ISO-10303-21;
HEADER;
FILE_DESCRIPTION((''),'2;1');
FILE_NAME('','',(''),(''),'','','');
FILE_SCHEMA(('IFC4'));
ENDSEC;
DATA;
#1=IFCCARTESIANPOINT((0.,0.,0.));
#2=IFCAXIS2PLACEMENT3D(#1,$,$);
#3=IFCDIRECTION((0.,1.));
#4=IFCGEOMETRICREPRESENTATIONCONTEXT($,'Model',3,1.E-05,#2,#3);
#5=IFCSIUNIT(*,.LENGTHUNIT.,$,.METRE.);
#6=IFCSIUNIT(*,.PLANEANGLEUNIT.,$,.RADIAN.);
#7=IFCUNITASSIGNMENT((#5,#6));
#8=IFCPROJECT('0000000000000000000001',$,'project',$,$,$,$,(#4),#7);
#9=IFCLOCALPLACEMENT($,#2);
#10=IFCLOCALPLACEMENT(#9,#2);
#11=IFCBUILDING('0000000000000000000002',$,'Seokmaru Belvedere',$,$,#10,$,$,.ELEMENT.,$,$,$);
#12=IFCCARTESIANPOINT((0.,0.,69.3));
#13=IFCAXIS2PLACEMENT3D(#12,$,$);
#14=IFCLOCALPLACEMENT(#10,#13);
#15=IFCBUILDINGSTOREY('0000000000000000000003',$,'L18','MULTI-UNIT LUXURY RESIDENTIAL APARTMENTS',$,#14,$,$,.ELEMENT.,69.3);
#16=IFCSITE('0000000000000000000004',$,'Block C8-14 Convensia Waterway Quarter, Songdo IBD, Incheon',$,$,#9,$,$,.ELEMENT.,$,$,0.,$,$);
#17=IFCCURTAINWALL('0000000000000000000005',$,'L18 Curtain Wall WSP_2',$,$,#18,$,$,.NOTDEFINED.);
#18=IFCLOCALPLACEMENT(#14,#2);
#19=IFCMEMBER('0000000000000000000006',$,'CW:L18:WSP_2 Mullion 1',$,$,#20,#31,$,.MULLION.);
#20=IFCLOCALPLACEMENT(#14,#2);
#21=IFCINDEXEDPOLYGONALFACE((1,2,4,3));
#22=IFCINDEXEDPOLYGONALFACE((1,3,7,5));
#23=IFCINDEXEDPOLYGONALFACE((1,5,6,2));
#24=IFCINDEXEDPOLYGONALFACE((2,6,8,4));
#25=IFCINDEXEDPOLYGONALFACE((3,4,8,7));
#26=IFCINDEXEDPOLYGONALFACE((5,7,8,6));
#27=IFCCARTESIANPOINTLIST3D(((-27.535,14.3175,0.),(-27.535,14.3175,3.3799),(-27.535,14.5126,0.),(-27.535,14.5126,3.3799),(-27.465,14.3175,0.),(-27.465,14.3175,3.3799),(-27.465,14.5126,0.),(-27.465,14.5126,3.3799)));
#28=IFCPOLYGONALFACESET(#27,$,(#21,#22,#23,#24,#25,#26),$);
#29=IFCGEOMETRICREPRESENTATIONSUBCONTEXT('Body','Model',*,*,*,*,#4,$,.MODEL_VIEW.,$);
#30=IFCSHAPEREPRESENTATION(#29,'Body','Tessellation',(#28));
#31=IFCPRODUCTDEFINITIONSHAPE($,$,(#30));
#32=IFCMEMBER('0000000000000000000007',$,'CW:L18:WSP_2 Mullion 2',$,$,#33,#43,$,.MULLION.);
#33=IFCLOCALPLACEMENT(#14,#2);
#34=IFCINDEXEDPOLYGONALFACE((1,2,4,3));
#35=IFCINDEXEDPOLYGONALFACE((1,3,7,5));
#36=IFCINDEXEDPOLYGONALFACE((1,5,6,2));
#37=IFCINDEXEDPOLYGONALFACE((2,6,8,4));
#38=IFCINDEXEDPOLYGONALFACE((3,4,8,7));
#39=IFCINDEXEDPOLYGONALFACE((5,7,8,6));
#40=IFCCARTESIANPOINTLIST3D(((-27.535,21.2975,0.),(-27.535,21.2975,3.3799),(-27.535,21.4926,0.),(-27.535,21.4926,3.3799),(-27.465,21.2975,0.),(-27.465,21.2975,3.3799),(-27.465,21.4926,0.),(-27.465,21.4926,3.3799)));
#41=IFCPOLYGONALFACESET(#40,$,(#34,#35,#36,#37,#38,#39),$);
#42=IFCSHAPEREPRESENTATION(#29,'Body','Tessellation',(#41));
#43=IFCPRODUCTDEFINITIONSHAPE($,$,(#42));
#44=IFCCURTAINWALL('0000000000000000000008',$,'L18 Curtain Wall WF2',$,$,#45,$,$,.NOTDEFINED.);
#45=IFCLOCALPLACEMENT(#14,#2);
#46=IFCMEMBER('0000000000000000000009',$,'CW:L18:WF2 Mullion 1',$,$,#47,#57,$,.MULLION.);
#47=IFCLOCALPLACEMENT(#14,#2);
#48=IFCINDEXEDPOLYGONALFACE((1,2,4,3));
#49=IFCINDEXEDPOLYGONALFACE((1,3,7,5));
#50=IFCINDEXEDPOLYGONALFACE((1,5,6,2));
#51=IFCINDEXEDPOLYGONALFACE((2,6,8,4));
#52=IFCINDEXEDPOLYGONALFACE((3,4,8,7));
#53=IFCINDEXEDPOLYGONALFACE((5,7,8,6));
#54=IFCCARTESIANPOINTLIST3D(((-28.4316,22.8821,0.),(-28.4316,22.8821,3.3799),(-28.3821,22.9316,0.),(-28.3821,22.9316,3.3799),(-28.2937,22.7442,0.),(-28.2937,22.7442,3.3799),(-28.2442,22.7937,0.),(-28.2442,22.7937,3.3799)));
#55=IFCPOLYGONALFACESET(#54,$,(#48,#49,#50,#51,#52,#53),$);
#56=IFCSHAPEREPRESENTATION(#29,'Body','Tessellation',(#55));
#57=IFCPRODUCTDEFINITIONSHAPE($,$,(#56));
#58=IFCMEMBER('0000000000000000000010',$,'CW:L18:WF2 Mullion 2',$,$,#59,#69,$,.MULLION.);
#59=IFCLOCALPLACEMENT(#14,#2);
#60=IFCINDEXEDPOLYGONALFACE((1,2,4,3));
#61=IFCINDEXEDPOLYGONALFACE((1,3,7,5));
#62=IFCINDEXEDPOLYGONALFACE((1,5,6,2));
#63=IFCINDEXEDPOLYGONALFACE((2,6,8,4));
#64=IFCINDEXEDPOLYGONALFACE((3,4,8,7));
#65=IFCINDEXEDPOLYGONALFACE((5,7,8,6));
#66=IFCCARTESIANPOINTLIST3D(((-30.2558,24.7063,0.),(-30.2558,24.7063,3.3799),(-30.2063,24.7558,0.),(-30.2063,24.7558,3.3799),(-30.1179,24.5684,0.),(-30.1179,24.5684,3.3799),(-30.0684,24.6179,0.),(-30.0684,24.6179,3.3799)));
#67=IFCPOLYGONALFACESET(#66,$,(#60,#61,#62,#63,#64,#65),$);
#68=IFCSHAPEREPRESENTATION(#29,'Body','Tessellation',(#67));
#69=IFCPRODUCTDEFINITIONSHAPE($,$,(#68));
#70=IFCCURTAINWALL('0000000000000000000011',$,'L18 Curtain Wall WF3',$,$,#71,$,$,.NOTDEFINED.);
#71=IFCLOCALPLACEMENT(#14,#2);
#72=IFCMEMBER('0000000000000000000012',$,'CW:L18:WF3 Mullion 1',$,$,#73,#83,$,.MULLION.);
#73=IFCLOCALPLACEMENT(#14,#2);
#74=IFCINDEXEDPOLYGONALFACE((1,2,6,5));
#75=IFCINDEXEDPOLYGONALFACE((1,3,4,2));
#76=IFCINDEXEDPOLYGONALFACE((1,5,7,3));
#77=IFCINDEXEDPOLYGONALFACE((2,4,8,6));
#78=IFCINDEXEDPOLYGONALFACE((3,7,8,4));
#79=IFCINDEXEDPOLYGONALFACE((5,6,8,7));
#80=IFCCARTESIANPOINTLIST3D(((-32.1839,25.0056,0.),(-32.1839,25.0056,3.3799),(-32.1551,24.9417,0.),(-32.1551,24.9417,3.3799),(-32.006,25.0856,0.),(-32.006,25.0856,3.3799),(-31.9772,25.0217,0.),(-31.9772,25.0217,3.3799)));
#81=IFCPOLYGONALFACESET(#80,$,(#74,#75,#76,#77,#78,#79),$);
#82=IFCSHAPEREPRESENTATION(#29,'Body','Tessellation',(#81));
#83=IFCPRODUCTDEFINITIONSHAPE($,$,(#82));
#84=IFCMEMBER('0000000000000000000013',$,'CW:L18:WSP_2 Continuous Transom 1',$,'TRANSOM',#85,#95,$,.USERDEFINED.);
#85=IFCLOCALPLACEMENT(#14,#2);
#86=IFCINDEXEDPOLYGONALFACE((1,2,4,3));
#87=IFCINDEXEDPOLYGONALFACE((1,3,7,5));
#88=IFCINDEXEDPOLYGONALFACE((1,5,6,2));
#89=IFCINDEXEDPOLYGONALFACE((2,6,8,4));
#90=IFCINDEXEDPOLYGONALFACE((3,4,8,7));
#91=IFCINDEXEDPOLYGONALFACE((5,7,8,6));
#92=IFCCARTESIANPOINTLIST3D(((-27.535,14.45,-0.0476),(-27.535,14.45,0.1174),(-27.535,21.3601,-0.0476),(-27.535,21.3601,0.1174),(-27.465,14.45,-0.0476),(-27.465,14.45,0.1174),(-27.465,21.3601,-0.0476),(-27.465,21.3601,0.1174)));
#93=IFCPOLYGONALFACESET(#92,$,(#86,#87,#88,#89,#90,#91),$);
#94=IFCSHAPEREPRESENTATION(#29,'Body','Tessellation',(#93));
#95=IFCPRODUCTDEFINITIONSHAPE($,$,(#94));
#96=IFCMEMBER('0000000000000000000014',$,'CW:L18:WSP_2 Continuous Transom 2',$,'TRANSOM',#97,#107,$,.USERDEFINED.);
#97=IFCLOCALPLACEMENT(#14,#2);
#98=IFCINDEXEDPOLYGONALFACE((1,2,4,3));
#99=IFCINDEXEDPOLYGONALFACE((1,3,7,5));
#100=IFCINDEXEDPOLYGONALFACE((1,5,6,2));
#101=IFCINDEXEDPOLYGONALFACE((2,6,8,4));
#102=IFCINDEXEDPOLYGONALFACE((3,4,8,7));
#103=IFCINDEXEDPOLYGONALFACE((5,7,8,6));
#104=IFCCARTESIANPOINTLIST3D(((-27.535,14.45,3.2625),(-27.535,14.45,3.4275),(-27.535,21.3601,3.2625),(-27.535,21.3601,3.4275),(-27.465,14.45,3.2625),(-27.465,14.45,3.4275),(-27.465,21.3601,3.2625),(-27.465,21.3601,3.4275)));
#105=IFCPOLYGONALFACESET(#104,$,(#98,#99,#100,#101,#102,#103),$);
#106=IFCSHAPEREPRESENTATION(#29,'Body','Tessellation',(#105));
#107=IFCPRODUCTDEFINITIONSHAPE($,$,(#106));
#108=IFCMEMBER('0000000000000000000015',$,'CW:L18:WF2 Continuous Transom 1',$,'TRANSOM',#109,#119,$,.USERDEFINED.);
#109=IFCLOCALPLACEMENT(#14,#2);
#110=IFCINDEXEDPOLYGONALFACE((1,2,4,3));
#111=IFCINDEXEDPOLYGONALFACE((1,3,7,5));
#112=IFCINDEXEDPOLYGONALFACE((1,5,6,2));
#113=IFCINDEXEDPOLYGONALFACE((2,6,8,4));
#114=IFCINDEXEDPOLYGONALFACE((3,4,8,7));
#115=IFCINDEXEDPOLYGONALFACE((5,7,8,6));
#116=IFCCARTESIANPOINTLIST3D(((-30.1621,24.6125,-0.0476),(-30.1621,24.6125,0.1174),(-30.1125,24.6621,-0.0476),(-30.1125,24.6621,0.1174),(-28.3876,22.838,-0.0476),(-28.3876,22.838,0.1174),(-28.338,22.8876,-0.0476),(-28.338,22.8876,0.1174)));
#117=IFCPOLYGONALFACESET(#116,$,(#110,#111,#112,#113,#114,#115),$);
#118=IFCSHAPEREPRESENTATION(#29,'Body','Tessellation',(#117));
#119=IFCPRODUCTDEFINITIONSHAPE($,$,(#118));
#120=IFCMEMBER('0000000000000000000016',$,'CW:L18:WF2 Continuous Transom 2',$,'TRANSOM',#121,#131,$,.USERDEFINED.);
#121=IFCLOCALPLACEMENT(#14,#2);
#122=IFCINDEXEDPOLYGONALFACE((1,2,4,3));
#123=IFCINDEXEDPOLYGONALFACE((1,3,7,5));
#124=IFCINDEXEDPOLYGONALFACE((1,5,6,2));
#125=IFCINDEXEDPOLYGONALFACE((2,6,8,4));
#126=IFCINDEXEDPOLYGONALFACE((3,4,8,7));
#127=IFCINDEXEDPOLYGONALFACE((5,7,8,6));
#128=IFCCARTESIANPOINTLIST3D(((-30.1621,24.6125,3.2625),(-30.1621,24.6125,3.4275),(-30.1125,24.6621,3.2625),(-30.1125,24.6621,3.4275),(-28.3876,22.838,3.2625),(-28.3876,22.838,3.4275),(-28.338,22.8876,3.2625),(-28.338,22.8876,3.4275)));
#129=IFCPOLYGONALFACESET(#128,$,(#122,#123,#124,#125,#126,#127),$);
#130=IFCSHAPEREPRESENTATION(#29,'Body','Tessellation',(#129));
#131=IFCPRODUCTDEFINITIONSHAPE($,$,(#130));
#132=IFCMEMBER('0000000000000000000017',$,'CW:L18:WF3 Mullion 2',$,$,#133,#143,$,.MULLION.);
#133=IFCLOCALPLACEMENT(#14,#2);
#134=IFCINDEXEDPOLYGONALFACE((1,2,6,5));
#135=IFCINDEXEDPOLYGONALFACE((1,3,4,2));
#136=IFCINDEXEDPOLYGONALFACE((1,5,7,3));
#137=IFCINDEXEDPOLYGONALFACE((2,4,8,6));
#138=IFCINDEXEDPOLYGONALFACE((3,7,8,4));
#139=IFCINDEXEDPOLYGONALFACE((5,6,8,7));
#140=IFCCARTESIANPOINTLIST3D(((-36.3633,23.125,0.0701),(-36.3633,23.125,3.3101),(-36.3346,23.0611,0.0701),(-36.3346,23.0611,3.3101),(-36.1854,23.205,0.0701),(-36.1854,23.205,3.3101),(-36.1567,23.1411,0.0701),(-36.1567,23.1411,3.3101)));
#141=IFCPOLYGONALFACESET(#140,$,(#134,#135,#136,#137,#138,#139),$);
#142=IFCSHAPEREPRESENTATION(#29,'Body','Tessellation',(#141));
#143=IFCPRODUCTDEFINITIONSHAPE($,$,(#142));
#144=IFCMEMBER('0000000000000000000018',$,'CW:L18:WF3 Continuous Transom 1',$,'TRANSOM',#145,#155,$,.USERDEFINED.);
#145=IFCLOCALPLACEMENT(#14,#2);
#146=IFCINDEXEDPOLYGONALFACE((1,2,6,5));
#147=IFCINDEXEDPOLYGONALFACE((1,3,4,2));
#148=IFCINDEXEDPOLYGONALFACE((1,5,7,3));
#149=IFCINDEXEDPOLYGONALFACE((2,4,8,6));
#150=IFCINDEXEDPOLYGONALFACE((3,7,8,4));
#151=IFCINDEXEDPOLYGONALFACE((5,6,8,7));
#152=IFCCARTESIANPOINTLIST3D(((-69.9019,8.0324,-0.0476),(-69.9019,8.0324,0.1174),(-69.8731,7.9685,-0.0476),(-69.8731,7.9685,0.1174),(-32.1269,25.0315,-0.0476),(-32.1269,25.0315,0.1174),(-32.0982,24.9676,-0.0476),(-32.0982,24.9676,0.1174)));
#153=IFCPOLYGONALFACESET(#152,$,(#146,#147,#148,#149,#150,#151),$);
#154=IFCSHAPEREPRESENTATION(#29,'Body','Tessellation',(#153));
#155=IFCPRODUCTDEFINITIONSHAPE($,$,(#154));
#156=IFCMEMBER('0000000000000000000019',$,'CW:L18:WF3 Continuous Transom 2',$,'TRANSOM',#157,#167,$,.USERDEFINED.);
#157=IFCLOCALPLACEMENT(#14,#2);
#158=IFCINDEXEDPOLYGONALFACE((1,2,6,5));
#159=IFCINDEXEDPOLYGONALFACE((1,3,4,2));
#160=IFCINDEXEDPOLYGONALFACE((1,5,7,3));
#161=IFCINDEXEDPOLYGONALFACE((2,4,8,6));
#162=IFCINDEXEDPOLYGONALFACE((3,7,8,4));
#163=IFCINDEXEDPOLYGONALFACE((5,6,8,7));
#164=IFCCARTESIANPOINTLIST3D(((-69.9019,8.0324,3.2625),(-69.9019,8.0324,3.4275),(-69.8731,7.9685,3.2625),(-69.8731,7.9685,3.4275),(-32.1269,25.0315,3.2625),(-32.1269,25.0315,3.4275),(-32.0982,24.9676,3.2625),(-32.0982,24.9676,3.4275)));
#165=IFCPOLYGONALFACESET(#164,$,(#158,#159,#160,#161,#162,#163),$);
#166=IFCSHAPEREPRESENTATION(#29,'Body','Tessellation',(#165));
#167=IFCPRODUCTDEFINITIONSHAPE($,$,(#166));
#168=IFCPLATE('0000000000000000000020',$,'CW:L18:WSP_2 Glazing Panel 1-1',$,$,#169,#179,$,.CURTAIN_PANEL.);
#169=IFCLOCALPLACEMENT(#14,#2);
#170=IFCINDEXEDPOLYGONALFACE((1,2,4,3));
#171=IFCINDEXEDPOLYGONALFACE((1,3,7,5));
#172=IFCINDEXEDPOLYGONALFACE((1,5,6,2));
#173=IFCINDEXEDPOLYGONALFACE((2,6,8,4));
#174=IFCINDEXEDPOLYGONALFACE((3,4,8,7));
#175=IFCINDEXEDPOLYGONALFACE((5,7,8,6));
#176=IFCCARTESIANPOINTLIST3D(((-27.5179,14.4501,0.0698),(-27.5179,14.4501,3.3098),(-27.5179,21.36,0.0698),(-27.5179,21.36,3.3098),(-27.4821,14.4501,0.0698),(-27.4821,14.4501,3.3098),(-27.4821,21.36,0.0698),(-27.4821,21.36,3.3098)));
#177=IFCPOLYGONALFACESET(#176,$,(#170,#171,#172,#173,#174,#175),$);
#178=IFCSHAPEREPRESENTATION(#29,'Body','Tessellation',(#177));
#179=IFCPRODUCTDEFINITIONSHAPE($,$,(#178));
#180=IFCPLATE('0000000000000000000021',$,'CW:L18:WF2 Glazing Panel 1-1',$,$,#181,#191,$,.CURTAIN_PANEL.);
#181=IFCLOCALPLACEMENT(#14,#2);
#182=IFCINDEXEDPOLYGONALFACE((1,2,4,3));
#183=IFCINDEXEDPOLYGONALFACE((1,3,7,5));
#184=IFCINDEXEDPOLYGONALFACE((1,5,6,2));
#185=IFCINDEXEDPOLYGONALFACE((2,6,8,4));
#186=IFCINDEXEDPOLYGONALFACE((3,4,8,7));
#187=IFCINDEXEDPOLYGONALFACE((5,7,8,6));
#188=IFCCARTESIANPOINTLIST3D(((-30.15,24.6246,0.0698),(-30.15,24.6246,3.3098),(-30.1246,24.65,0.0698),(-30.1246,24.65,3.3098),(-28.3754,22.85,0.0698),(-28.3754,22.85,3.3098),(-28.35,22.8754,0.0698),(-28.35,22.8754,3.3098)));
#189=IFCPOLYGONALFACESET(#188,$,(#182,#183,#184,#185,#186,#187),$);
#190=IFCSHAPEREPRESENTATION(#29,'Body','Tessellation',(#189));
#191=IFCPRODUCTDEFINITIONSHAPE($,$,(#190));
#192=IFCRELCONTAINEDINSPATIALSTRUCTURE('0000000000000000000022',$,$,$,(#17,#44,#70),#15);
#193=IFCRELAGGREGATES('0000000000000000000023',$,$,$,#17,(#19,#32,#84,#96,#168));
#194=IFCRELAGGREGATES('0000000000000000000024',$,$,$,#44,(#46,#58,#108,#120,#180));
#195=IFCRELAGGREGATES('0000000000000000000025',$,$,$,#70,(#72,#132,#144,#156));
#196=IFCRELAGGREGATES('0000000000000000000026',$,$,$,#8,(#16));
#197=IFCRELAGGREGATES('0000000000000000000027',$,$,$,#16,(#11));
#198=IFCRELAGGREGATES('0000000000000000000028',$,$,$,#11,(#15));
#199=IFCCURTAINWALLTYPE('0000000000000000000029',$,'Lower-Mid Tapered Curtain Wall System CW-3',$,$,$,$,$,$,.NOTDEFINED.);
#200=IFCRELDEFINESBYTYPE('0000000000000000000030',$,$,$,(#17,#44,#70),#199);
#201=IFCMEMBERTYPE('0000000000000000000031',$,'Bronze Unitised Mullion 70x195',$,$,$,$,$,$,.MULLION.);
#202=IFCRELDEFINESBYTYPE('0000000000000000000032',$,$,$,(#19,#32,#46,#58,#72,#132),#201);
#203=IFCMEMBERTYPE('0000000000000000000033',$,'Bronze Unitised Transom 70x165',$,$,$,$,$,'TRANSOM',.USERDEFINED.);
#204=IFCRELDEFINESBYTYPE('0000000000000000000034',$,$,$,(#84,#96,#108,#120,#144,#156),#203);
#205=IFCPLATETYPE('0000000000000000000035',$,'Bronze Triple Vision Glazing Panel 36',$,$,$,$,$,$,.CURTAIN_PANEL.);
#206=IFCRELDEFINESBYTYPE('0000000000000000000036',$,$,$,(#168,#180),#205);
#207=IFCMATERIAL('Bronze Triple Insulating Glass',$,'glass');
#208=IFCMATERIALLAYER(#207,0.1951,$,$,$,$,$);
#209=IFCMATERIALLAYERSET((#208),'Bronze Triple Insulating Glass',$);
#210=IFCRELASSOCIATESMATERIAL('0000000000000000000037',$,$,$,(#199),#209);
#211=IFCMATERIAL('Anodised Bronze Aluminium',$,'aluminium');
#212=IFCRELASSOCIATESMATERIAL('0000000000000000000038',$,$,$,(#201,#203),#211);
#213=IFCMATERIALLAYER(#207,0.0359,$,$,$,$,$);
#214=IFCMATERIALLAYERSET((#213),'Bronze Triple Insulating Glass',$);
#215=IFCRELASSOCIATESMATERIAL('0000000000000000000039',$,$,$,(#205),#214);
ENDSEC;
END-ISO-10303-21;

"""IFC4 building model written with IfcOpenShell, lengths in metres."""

from ifc_helpers import new_model, si_unit, direction, frame, origin, origin_2d, place, context, subcontext, project, spatial, rectangle, extrude, source, transform, mapped, material, layer, layer_set, material_profile, profile_set, type_object, type_shapes, element, aggregate, save


model = new_model("IFC4")

# Units and contexts
model_context = context("Model", 3, precision=1e-05, world=origin(), true_north=direction((0.0, 1.0)))
body_context = subcontext(model_context, "Body", "Model", "MODEL_VIEW")
ifc_project = project(units=[si_unit("LENGTHUNIT", "METRE"), si_unit("PLANEANGLEUNIT", "RADIAN")], contexts=[model_context])

# Site, building, storey
site_placement = place(None, origin())
site = spatial("IfcSite", under=ifc_project, at=site_placement, Name="Block C8-14 Convensia Waterway Quarter, Songdo IBD, Incheon", CompositionType="ELEMENT", RefElevation=0.0)
building_placement = place(site_placement, origin())
building = spatial("IfcBuilding", under=site, at=building_placement, Name="Seokmaru Belvedere", CompositionType="ELEMENT")
storey_placement = place(building_placement, frame((0.0, 0.0, 69.3)))
storey = spatial("IfcBuildingStorey", under=building, at=storey_placement, Name="L18", Description="MULTI-UNIT LUXURY RESIDENTIAL APARTMENTS", CompositionType="ELEMENT", Elevation=69.3)

# Curtain walls, members
ifc_material_1 = material(Name="Bronze Triple Insulating Glass", Category="glass")
ifc_layer_1 = layer(ifc_material_1, 0.1951)
ifc_layer_set_1 = layer_set([ifc_layer_1], Name="Bronze Triple Insulating Glass")
curtain_wall_type = type_object("IfcCurtainWallType", Name="Lower-Mid Tapered Curtain Wall System CW-3", PredefinedType="NOTDEFINED", material=ifc_layer_set_1)
curtain_wall_1_placement = place(storey_placement, origin())
curtain_wall_1 = element("IfcCurtainWall", 1, at=curtain_wall_1_placement, inside=storey, type_object=curtain_wall_type, Name="L18 Curtain Wall WSP_2", PredefinedType="NOTDEFINED")
ifc_material_2 = material(Name="Anodised Bronze Aluminium", Category="aluminium")
ifc_material_profile_1 = material_profile(ifc_material_2, rectangle(XDim=0.0701, YDim=0.1951, at=origin_2d()), Name="CW-M-70x195")
ifc_profile_set_1 = profile_set([ifc_material_profile_1], Name="Anodised Bronze Aluminium")
member_type_1 = type_object("IfcMemberType", Name="Bronze Unitised Mullion 70x195", PredefinedType="MULLION", material=ifc_profile_set_1)
shared_shape_1 = source(origin(), body_context, "Body", "SweptSolid", [
    extrude(rectangle(XDim=0.0701, YDim=0.1951, at=origin_2d()), origin(), (0.0, 0.0, 1.0), 3.3799),
])
member_1_placement = place(storey_placement, frame((-27.5, 14.415, 0.0), z_axis=(0.0, 0.0, 1.0), x_axis=(-1.0, 0.0, 0.0)))
member_1 = element("IfcMember", 2, at=member_1_placement, type_object=member_type_1, Name="CW:L18:WSP_2 Mullion 1", PredefinedType="MULLION", context=body_context, shape_type="MappedRepresentation", body=[
    mapped(shared_shape_1, transform((0.0, 0.0, 0.0), scale=1.0)),
])
member_2_placement = place(storey_placement, frame((-27.5, 21.395, 0.0), z_axis=(0.0, 0.0, 1.0), x_axis=(-1.0, 0.0, 0.0)))
member_2 = element("IfcMember", 3, at=member_2_placement, type_object=member_type_1, Name="CW:L18:WSP_2 Mullion 2", PredefinedType="MULLION", context=body_context, shape_type="MappedRepresentation", body=[
    mapped(shared_shape_1, transform((0.0, 0.0, 0.0), scale=1.0)),
])
curtain_wall_2_placement = place(storey_placement, origin())
curtain_wall_2 = element("IfcCurtainWall", 4, at=curtain_wall_2_placement, inside=storey, type_object=curtain_wall_type, Name="L18 Curtain Wall WF2", PredefinedType="NOTDEFINED")
member_3_placement = place(storey_placement, frame((-28.3379, 22.8379, 0.0), z_axis=(0.0, 0.0, 1.0), x_axis=(-0.707107, -0.707107, 0.0)))
member_3 = element("IfcMember", 5, at=member_3_placement, type_object=member_type_1, Name="CW:L18:WF2 Mullion 1", PredefinedType="MULLION", context=body_context, shape_type="MappedRepresentation", body=[
    mapped(shared_shape_1, transform((0.0, 0.0, 0.0), scale=1.0)),
])
member_4_placement = place(storey_placement, frame((-30.1621, 24.6621, 0.0), z_axis=(0.0, 0.0, 1.0), x_axis=(-0.707107, -0.707107, 0.0)))
member_4 = element("IfcMember", 6, at=member_4_placement, type_object=member_type_1, Name="CW:L18:WF2 Mullion 2", PredefinedType="MULLION", context=body_context, shape_type="MappedRepresentation", body=[
    mapped(shared_shape_1, transform((0.0, 0.0, 0.0), scale=1.0)),
])

# Curtain wall, member
curtain_wall_3_placement = place(storey_placement, origin())
curtain_wall_3 = element("IfcCurtainWall", 7, at=curtain_wall_3_placement, inside=storey, type_object=curtain_wall_type, Name="L18 Curtain Wall WF3", PredefinedType="NOTDEFINED")
member_5_placement = place(storey_placement, frame((-32.0806, 25.0137, 0.0), z_axis=(0.0, 0.0, 1.0), x_axis=(0.410366, -0.911921, 0.0)))
member_5 = element("IfcMember", 8, at=member_5_placement, type_object=member_type_1, Name="CW:L18:WF3 Mullion 1", PredefinedType="MULLION", context=body_context, shape_type="MappedRepresentation", body=[
    mapped(shared_shape_1, transform((0.0, 0.0, 0.0), scale=1.0)),
])

# Members
ifc_material_profile_2 = material_profile(ifc_material_2, rectangle(XDim=0.0701, YDim=0.165, at=origin_2d()), Name="CW-T-70x165")
ifc_profile_set_2 = profile_set([ifc_material_profile_2], Name="Anodised Bronze Aluminium")
member_type_2 = type_object("IfcMemberType", Name="Bronze Unitised Transom 70x165", ElementType="TRANSOM", PredefinedType="USERDEFINED", material=ifc_profile_set_2)
shared_shape_2 = source(origin(), body_context, "Body", "SweptSolid", [
    extrude(rectangle(XDim=0.0701, YDim=0.165, at=origin_2d()), origin(), (0.0, 0.0, 1.0), 6.9102),
])
member_6_placement = place(storey_placement, frame((-27.5, 14.45, 0.0349), z_axis=(0.0, 1.0, 0.0), x_axis=(-1.0, 0.0, 0.0)))
member_6 = element("IfcMember", 9, at=member_6_placement, type_object=member_type_2, Name="CW:L18:WSP_2 Continuous Transom 1", ObjectType="TRANSOM", PredefinedType="USERDEFINED", context=body_context, shape_type="MappedRepresentation", body=[
    mapped(shared_shape_2, transform((0.0, 0.0, 0.0), scale=1.0)),
])
member_7_placement = place(storey_placement, frame((-27.5, 14.45, 3.345), z_axis=(0.0, 1.0, 0.0), x_axis=(-1.0, 0.0, 0.0)))
member_7 = element("IfcMember", 10, at=member_7_placement, type_object=member_type_2, Name="CW:L18:WSP_2 Continuous Transom 2", ObjectType="TRANSOM", PredefinedType="USERDEFINED", context=body_context, shape_type="MappedRepresentation", body=[
    mapped(shared_shape_2, transform((0.0, 0.0, 0.0), scale=1.0)),
])
shared_shape_3 = source(origin(), body_context, "Body", "SweptSolid", [
    extrude(rectangle(XDim=0.0701, YDim=0.165, at=origin_2d()), origin(), (0.0, 0.0, 1.0), 2.5095),
])
member_8_placement = place(storey_placement, frame((-28.3628, 22.8628, 0.0349), z_axis=(-0.707107, 0.707107, 0.0), x_axis=(-0.707107, -0.707107, 0.0)))
member_8 = element("IfcMember", 11, at=member_8_placement, type_object=member_type_2, Name="CW:L18:WF2 Continuous Transom 1", ObjectType="TRANSOM", PredefinedType="USERDEFINED", context=body_context, shape_type="MappedRepresentation", body=[
    mapped(shared_shape_3, transform((0.0, 0.0, 0.0), scale=1.0)),
])
member_9_placement = place(storey_placement, frame((-28.3628, 22.8628, 3.345), z_axis=(-0.707107, 0.707107, 0.0), x_axis=(-0.707107, -0.707107, 0.0)))
member_9 = element("IfcMember", 12, at=member_9_placement, type_object=member_type_2, Name="CW:L18:WF2 Continuous Transom 2", ObjectType="TRANSOM", PredefinedType="USERDEFINED", context=body_context, shape_type="MappedRepresentation", body=[
    mapped(shared_shape_3, transform((0.0, 0.0, 0.0), scale=1.0)),
])
shared_shape_4 = source(origin(), body_context, "Body", "SweptSolid", [
    extrude(rectangle(XDim=0.0701, YDim=0.1951, at=origin_2d()), origin(), (0.0, 0.0, 1.0), 3.24),
])
type_shapes(member_type_1, [shared_shape_1, shared_shape_4])
member_10_placement = place(storey_placement, frame((-36.26, 23.1331, 0.0701), z_axis=(0.0, 0.0, 1.0), x_axis=(0.410366, -0.911921, 0.0)))
member_10 = element("IfcMember", 13, at=member_10_placement, type_object=member_type_1, Name="CW:L18:WF3 Mullion 2", PredefinedType="MULLION", context=body_context, shape_type="MappedRepresentation", body=[
    mapped(shared_shape_4, transform((0.0, 0.0, 0.0), scale=1.0)),
])
shared_shape_5 = source(origin(), body_context, "Body", "SweptSolid", [
    extrude(rectangle(XDim=0.0701, YDim=0.165, at=origin_2d()), origin(), (0.0, 0.0, 1.0), 41.4236),
])
type_shapes(member_type_2, [shared_shape_2, shared_shape_3, shared_shape_5])
member_11_placement = place(storey_placement, frame((-32.1125, 24.9995, 0.0349), z_axis=(-0.911919, -0.410371, 0.0), x_axis=(0.410371, -0.911919, 0.0)))
member_11 = element("IfcMember", 14, at=member_11_placement, type_object=member_type_2, Name="CW:L18:WF3 Continuous Transom 1", ObjectType="TRANSOM", PredefinedType="USERDEFINED", context=body_context, shape_type="MappedRepresentation", body=[
    mapped(shared_shape_5, transform((0.0, 0.0, 0.0), scale=1.0)),
])
member_12_placement = place(storey_placement, frame((-32.1125, 24.9995, 3.345), z_axis=(-0.911919, -0.410371, 0.0), x_axis=(0.410371, -0.911919, 0.0)))
member_12 = element("IfcMember", 15, at=member_12_placement, type_object=member_type_2, Name="CW:L18:WF3 Continuous Transom 2", ObjectType="TRANSOM", PredefinedType="USERDEFINED", context=body_context, shape_type="MappedRepresentation", body=[
    mapped(shared_shape_5, transform((0.0, 0.0, 0.0), scale=1.0)),
])

# Plates
ifc_layer_2 = layer(ifc_material_1, 0.0359)
ifc_layer_set_2 = layer_set([ifc_layer_2], Name="Bronze Triple Insulating Glass")
plate_type = type_object("IfcPlateType", Name="Bronze Triple Vision Glazing Panel 36", PredefinedType="CURTAIN_PANEL", material=ifc_layer_set_2)
shared_shape_6 = source(origin(), body_context, "Body", "SweptSolid", [
    extrude(rectangle(XDim=6.9099, YDim=0.0359, at=origin_2d()), origin(), (0.0, 0.0, 1.0), 3.24),
])
plate_1_placement = place(storey_placement, frame((-27.5, 17.905, 0.0698), z_axis=(0.0, 0.0, 1.0), x_axis=(0.0, 1.0, 0.0)))
plate_1 = element("IfcPlate", 16, at=plate_1_placement, type_object=plate_type, Name="CW:L18:WSP_2 Glazing Panel 1-1", PredefinedType="CURTAIN_PANEL", context=body_context, shape_type="MappedRepresentation", body=[
    mapped(shared_shape_6, transform((0.0, 0.0, 0.0), scale=1.0)),
])
aggregate(curtain_wall_1, [member_1, member_2, member_6, member_7, plate_1])
shared_shape_7 = source(origin(), body_context, "Body", "SweptSolid", [
    extrude(rectangle(XDim=2.5098, YDim=0.0359, at=origin_2d()), origin(), (0.0, 0.0, 1.0), 3.24),
])
plate_2_placement = place(storey_placement, frame((-29.25, 23.75, 0.0698), z_axis=(0.0, 0.0, 1.0), x_axis=(-0.707107, 0.707107, 0.0)))
plate_2 = element("IfcPlate", 17, at=plate_2_placement, type_object=plate_type, Name="CW:L18:WF2 Glazing Panel 1-1", PredefinedType="CURTAIN_PANEL", context=body_context, shape_type="MappedRepresentation", body=[
    mapped(shared_shape_7, transform((0.0, 0.0, 0.0), scale=1.0)),
])
aggregate(curtain_wall_2, [member_3, member_4, member_8, member_9, plate_2])
aggregate(curtain_wall_3, [member_5, member_10, member_11, member_12])

save(model, "model.ifc")
